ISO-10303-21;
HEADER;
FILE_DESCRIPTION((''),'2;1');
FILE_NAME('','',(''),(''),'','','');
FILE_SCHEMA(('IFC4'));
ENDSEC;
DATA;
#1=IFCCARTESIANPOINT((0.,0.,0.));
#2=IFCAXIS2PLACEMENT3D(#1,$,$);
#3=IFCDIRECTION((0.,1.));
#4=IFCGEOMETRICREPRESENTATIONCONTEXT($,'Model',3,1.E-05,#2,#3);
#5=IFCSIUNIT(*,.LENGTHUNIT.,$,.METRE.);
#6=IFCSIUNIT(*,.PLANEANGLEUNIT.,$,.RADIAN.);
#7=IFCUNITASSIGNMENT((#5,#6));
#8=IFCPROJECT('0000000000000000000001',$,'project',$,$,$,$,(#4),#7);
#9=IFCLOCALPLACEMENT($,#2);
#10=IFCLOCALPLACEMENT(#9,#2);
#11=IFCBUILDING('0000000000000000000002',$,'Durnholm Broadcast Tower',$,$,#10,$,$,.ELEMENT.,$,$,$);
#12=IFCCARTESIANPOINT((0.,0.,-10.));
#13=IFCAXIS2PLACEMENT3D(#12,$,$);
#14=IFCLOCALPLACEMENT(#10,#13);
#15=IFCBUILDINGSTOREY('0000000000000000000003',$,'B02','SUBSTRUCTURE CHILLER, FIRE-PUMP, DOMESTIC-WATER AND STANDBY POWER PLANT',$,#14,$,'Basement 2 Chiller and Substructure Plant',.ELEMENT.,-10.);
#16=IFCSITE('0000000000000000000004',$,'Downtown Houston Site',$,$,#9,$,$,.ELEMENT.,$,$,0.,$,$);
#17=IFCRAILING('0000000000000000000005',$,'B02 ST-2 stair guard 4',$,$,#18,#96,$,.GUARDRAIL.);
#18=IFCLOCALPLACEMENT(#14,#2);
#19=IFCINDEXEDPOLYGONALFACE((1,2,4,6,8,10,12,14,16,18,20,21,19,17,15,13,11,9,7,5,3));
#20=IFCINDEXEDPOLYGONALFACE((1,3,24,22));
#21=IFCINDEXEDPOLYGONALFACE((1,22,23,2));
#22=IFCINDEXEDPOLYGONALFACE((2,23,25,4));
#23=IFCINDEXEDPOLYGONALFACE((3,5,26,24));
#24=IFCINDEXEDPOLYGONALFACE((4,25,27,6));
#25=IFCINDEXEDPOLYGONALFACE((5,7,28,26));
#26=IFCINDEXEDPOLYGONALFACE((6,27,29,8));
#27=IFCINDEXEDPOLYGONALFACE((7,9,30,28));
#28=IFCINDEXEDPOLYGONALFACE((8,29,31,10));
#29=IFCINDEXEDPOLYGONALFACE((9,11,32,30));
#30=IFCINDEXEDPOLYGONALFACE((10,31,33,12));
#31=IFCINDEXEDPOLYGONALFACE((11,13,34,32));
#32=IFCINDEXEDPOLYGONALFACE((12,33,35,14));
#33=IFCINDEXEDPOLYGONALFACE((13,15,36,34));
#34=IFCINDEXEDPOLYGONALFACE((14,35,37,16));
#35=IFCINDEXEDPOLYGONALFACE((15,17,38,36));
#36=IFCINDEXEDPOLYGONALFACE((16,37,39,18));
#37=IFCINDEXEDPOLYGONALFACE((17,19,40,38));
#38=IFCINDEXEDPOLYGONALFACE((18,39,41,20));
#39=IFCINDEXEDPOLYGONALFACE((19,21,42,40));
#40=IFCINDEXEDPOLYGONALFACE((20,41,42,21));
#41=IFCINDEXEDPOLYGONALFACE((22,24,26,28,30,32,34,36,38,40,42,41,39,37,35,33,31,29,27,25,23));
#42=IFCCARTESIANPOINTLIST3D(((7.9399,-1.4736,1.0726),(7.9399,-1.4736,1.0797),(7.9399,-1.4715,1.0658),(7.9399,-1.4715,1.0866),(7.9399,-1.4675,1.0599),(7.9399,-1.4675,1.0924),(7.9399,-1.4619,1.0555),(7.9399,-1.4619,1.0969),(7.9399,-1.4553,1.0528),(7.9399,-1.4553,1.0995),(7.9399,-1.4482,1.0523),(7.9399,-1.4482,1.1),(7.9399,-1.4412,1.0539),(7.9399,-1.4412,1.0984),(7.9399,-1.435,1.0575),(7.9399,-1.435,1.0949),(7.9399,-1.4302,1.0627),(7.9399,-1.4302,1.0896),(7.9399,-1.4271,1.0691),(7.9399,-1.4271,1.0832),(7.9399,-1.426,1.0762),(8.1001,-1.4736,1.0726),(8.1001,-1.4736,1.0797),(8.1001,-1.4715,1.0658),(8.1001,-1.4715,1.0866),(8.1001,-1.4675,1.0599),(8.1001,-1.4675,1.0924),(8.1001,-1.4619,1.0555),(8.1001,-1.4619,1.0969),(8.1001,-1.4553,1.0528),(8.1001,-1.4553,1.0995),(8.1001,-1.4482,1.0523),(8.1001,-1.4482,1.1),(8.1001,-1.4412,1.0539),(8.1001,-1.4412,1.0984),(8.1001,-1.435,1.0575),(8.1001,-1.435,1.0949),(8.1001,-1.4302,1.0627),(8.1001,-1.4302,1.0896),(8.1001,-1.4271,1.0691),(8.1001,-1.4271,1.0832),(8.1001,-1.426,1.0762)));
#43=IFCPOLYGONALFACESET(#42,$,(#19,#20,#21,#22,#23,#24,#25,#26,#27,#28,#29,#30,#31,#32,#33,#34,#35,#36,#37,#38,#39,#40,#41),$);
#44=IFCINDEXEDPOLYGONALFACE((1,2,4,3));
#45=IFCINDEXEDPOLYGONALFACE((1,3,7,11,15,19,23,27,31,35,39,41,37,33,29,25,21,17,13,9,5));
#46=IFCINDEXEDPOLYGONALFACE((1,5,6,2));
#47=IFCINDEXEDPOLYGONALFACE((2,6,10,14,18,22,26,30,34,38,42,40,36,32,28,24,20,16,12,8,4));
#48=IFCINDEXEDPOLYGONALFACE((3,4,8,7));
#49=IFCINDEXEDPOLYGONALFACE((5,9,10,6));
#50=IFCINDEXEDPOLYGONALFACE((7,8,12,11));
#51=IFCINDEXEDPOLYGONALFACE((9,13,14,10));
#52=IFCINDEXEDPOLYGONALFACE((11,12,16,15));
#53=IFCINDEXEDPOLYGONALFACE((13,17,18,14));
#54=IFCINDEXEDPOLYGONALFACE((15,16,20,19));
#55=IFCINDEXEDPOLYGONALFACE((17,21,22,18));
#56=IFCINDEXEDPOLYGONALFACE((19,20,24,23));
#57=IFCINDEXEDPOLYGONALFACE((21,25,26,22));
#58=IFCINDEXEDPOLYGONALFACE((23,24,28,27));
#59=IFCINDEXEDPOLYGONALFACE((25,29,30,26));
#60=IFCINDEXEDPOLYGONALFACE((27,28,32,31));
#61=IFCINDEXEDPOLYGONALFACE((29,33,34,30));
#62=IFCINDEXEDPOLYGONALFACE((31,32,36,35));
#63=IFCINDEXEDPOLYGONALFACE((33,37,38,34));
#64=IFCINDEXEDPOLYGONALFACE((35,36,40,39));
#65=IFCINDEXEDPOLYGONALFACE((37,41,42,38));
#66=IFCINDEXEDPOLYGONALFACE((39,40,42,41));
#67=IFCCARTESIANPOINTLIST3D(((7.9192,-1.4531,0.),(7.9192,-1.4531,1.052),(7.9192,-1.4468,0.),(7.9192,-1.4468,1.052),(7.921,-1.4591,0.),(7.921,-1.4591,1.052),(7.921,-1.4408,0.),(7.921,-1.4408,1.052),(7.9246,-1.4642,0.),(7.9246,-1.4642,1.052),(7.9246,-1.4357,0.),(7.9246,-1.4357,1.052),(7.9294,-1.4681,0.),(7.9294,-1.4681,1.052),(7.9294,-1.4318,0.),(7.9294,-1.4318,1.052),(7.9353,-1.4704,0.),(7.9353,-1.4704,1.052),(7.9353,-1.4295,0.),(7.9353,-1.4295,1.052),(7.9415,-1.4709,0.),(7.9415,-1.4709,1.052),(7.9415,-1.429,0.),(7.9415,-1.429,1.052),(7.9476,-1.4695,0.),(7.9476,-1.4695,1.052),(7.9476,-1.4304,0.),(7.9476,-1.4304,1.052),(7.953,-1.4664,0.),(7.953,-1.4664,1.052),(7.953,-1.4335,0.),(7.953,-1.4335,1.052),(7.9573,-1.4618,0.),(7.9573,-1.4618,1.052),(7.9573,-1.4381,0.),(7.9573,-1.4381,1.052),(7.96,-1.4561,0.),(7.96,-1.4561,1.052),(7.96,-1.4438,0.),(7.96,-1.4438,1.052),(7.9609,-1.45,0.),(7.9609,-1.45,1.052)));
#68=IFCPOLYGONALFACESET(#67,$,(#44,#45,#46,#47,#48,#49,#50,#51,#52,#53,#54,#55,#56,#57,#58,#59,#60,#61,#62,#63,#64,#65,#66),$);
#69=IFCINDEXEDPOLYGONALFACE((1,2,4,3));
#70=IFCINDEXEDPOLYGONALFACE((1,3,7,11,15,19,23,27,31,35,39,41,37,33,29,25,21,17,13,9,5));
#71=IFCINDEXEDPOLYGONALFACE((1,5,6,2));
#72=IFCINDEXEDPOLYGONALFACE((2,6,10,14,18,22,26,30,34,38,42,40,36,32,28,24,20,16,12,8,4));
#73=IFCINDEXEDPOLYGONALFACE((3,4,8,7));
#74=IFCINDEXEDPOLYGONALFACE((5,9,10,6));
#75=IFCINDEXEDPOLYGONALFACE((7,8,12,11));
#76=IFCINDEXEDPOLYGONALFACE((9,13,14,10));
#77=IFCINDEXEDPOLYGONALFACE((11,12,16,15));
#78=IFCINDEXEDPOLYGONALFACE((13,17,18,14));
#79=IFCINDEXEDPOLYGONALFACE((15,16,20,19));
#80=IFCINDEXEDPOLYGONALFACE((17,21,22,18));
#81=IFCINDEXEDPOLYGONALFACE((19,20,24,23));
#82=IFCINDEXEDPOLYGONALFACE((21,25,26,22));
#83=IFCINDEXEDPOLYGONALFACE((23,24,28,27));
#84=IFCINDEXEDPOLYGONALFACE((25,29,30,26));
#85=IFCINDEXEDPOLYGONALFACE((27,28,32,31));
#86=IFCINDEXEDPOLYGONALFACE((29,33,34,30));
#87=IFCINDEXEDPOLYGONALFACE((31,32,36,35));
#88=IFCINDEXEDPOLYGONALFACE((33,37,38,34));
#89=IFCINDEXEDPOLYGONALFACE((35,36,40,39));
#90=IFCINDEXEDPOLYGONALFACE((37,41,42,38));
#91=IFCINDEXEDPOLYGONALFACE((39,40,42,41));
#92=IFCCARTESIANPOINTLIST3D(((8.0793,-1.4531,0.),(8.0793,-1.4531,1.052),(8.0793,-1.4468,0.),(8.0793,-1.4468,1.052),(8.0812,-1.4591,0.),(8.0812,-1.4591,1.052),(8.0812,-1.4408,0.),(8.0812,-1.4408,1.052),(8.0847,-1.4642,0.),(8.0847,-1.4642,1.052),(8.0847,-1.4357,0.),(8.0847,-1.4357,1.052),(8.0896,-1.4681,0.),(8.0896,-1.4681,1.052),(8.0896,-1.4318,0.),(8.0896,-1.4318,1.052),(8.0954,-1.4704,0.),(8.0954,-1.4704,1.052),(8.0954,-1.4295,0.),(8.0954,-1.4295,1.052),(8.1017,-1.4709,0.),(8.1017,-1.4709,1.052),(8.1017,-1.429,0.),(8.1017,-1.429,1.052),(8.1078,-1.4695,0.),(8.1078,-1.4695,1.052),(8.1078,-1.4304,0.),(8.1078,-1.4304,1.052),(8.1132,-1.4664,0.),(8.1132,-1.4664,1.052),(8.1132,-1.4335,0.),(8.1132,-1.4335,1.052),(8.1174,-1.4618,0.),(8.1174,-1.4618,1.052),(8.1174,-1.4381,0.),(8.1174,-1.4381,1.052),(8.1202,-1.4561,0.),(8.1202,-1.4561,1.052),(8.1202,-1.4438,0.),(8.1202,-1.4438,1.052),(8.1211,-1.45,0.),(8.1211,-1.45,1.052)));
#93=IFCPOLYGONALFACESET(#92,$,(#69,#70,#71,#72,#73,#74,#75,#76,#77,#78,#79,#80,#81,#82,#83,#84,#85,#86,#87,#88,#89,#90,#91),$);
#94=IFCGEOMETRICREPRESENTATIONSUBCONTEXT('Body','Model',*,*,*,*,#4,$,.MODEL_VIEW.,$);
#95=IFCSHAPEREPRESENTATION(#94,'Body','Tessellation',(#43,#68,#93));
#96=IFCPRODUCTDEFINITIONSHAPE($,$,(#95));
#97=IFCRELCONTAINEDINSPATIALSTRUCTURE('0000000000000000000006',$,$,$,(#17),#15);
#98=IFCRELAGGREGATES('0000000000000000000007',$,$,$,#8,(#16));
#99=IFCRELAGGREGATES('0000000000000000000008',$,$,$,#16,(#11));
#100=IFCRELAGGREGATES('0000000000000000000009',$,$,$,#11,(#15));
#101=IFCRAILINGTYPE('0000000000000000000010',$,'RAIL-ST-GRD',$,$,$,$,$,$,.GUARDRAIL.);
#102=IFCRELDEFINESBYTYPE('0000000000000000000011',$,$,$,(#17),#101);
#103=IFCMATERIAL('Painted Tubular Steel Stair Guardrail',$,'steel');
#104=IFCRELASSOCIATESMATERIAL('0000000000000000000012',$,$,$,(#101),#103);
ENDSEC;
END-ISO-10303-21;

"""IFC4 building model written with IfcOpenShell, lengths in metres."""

from ifc_helpers import new_model, si_unit, direction, frame, origin, origin_2d, place, context, subcontext, project, spatial, circle, extrude, material, type_object, element, save


model = new_model("IFC4")

# Units and contexts
model_context = context("Model", 3, precision=1e-05, world=origin(), true_north=direction((0.0, 1.0)))
body_context = subcontext(model_context, "Body", "Model", "MODEL_VIEW")
ifc_project = project(units=[si_unit("LENGTHUNIT", "METRE"), si_unit("PLANEANGLEUNIT", "RADIAN")], contexts=[model_context])

# Site, building, storey
site_placement = place(None, origin())
site = spatial("IfcSite", under=ifc_project, at=site_placement, Name="Downtown Houston Site", CompositionType="ELEMENT", RefElevation=0.0)
building_placement = place(site_placement, origin())
building = spatial("IfcBuilding", under=site, at=building_placement, Name="Durnholm Broadcast Tower", CompositionType="ELEMENT")
storey_placement = place(building_placement, frame((0.0, 0.0, -10.0)))
storey = spatial("IfcBuildingStorey", under=building, at=storey_placement, Name="B02", Description="SUBSTRUCTURE CHILLER, FIRE-PUMP, DOMESTIC-WATER AND STANDBY POWER PLANT", LongName="Basement 2 Chiller and Substructure Plant", CompositionType="ELEMENT", Elevation=-10.0)

# Railing
ifc_material_1 = material(Name="Painted Tubular Steel Stair Guardrail", Category="steel")
railing_type_1 = type_object("IfcRailingType", Name="RAIL-ST-GRD", PredefinedType="GUARDRAIL", material=ifc_material_1)
railing_1_placement = place(storey_placement, frame((7.9399, -1.45, 0.0)))
element("IfcRailing", 1, at=railing_1_placement, inside=storey, type_object=railing_type_1, Name="B02 ST-2 stair guard 4", PredefinedType="GUARDRAIL", context=body_context, shape_type="SweptSolid", body=[
    extrude(circle(Radius=0.0239, at=origin_2d()), frame((0.0, 0.0, 1.0762), z_axis=(1.0, 0.0, 0.0), x_axis=(0.0, 1.0, 0.0)), (0.0, 0.0, 1.0), 0.1602),
    extrude(circle(Radius=0.021, at=origin_2d()), origin(), (0.0, 0.0, 1.0), 1.052),
    extrude(circle(Radius=0.021, at=origin_2d()), frame((0.1602, 0.0, 0.0)), (0.0, 0.0, 1.0), 1.052),
])

save(model, "model.ifc")
